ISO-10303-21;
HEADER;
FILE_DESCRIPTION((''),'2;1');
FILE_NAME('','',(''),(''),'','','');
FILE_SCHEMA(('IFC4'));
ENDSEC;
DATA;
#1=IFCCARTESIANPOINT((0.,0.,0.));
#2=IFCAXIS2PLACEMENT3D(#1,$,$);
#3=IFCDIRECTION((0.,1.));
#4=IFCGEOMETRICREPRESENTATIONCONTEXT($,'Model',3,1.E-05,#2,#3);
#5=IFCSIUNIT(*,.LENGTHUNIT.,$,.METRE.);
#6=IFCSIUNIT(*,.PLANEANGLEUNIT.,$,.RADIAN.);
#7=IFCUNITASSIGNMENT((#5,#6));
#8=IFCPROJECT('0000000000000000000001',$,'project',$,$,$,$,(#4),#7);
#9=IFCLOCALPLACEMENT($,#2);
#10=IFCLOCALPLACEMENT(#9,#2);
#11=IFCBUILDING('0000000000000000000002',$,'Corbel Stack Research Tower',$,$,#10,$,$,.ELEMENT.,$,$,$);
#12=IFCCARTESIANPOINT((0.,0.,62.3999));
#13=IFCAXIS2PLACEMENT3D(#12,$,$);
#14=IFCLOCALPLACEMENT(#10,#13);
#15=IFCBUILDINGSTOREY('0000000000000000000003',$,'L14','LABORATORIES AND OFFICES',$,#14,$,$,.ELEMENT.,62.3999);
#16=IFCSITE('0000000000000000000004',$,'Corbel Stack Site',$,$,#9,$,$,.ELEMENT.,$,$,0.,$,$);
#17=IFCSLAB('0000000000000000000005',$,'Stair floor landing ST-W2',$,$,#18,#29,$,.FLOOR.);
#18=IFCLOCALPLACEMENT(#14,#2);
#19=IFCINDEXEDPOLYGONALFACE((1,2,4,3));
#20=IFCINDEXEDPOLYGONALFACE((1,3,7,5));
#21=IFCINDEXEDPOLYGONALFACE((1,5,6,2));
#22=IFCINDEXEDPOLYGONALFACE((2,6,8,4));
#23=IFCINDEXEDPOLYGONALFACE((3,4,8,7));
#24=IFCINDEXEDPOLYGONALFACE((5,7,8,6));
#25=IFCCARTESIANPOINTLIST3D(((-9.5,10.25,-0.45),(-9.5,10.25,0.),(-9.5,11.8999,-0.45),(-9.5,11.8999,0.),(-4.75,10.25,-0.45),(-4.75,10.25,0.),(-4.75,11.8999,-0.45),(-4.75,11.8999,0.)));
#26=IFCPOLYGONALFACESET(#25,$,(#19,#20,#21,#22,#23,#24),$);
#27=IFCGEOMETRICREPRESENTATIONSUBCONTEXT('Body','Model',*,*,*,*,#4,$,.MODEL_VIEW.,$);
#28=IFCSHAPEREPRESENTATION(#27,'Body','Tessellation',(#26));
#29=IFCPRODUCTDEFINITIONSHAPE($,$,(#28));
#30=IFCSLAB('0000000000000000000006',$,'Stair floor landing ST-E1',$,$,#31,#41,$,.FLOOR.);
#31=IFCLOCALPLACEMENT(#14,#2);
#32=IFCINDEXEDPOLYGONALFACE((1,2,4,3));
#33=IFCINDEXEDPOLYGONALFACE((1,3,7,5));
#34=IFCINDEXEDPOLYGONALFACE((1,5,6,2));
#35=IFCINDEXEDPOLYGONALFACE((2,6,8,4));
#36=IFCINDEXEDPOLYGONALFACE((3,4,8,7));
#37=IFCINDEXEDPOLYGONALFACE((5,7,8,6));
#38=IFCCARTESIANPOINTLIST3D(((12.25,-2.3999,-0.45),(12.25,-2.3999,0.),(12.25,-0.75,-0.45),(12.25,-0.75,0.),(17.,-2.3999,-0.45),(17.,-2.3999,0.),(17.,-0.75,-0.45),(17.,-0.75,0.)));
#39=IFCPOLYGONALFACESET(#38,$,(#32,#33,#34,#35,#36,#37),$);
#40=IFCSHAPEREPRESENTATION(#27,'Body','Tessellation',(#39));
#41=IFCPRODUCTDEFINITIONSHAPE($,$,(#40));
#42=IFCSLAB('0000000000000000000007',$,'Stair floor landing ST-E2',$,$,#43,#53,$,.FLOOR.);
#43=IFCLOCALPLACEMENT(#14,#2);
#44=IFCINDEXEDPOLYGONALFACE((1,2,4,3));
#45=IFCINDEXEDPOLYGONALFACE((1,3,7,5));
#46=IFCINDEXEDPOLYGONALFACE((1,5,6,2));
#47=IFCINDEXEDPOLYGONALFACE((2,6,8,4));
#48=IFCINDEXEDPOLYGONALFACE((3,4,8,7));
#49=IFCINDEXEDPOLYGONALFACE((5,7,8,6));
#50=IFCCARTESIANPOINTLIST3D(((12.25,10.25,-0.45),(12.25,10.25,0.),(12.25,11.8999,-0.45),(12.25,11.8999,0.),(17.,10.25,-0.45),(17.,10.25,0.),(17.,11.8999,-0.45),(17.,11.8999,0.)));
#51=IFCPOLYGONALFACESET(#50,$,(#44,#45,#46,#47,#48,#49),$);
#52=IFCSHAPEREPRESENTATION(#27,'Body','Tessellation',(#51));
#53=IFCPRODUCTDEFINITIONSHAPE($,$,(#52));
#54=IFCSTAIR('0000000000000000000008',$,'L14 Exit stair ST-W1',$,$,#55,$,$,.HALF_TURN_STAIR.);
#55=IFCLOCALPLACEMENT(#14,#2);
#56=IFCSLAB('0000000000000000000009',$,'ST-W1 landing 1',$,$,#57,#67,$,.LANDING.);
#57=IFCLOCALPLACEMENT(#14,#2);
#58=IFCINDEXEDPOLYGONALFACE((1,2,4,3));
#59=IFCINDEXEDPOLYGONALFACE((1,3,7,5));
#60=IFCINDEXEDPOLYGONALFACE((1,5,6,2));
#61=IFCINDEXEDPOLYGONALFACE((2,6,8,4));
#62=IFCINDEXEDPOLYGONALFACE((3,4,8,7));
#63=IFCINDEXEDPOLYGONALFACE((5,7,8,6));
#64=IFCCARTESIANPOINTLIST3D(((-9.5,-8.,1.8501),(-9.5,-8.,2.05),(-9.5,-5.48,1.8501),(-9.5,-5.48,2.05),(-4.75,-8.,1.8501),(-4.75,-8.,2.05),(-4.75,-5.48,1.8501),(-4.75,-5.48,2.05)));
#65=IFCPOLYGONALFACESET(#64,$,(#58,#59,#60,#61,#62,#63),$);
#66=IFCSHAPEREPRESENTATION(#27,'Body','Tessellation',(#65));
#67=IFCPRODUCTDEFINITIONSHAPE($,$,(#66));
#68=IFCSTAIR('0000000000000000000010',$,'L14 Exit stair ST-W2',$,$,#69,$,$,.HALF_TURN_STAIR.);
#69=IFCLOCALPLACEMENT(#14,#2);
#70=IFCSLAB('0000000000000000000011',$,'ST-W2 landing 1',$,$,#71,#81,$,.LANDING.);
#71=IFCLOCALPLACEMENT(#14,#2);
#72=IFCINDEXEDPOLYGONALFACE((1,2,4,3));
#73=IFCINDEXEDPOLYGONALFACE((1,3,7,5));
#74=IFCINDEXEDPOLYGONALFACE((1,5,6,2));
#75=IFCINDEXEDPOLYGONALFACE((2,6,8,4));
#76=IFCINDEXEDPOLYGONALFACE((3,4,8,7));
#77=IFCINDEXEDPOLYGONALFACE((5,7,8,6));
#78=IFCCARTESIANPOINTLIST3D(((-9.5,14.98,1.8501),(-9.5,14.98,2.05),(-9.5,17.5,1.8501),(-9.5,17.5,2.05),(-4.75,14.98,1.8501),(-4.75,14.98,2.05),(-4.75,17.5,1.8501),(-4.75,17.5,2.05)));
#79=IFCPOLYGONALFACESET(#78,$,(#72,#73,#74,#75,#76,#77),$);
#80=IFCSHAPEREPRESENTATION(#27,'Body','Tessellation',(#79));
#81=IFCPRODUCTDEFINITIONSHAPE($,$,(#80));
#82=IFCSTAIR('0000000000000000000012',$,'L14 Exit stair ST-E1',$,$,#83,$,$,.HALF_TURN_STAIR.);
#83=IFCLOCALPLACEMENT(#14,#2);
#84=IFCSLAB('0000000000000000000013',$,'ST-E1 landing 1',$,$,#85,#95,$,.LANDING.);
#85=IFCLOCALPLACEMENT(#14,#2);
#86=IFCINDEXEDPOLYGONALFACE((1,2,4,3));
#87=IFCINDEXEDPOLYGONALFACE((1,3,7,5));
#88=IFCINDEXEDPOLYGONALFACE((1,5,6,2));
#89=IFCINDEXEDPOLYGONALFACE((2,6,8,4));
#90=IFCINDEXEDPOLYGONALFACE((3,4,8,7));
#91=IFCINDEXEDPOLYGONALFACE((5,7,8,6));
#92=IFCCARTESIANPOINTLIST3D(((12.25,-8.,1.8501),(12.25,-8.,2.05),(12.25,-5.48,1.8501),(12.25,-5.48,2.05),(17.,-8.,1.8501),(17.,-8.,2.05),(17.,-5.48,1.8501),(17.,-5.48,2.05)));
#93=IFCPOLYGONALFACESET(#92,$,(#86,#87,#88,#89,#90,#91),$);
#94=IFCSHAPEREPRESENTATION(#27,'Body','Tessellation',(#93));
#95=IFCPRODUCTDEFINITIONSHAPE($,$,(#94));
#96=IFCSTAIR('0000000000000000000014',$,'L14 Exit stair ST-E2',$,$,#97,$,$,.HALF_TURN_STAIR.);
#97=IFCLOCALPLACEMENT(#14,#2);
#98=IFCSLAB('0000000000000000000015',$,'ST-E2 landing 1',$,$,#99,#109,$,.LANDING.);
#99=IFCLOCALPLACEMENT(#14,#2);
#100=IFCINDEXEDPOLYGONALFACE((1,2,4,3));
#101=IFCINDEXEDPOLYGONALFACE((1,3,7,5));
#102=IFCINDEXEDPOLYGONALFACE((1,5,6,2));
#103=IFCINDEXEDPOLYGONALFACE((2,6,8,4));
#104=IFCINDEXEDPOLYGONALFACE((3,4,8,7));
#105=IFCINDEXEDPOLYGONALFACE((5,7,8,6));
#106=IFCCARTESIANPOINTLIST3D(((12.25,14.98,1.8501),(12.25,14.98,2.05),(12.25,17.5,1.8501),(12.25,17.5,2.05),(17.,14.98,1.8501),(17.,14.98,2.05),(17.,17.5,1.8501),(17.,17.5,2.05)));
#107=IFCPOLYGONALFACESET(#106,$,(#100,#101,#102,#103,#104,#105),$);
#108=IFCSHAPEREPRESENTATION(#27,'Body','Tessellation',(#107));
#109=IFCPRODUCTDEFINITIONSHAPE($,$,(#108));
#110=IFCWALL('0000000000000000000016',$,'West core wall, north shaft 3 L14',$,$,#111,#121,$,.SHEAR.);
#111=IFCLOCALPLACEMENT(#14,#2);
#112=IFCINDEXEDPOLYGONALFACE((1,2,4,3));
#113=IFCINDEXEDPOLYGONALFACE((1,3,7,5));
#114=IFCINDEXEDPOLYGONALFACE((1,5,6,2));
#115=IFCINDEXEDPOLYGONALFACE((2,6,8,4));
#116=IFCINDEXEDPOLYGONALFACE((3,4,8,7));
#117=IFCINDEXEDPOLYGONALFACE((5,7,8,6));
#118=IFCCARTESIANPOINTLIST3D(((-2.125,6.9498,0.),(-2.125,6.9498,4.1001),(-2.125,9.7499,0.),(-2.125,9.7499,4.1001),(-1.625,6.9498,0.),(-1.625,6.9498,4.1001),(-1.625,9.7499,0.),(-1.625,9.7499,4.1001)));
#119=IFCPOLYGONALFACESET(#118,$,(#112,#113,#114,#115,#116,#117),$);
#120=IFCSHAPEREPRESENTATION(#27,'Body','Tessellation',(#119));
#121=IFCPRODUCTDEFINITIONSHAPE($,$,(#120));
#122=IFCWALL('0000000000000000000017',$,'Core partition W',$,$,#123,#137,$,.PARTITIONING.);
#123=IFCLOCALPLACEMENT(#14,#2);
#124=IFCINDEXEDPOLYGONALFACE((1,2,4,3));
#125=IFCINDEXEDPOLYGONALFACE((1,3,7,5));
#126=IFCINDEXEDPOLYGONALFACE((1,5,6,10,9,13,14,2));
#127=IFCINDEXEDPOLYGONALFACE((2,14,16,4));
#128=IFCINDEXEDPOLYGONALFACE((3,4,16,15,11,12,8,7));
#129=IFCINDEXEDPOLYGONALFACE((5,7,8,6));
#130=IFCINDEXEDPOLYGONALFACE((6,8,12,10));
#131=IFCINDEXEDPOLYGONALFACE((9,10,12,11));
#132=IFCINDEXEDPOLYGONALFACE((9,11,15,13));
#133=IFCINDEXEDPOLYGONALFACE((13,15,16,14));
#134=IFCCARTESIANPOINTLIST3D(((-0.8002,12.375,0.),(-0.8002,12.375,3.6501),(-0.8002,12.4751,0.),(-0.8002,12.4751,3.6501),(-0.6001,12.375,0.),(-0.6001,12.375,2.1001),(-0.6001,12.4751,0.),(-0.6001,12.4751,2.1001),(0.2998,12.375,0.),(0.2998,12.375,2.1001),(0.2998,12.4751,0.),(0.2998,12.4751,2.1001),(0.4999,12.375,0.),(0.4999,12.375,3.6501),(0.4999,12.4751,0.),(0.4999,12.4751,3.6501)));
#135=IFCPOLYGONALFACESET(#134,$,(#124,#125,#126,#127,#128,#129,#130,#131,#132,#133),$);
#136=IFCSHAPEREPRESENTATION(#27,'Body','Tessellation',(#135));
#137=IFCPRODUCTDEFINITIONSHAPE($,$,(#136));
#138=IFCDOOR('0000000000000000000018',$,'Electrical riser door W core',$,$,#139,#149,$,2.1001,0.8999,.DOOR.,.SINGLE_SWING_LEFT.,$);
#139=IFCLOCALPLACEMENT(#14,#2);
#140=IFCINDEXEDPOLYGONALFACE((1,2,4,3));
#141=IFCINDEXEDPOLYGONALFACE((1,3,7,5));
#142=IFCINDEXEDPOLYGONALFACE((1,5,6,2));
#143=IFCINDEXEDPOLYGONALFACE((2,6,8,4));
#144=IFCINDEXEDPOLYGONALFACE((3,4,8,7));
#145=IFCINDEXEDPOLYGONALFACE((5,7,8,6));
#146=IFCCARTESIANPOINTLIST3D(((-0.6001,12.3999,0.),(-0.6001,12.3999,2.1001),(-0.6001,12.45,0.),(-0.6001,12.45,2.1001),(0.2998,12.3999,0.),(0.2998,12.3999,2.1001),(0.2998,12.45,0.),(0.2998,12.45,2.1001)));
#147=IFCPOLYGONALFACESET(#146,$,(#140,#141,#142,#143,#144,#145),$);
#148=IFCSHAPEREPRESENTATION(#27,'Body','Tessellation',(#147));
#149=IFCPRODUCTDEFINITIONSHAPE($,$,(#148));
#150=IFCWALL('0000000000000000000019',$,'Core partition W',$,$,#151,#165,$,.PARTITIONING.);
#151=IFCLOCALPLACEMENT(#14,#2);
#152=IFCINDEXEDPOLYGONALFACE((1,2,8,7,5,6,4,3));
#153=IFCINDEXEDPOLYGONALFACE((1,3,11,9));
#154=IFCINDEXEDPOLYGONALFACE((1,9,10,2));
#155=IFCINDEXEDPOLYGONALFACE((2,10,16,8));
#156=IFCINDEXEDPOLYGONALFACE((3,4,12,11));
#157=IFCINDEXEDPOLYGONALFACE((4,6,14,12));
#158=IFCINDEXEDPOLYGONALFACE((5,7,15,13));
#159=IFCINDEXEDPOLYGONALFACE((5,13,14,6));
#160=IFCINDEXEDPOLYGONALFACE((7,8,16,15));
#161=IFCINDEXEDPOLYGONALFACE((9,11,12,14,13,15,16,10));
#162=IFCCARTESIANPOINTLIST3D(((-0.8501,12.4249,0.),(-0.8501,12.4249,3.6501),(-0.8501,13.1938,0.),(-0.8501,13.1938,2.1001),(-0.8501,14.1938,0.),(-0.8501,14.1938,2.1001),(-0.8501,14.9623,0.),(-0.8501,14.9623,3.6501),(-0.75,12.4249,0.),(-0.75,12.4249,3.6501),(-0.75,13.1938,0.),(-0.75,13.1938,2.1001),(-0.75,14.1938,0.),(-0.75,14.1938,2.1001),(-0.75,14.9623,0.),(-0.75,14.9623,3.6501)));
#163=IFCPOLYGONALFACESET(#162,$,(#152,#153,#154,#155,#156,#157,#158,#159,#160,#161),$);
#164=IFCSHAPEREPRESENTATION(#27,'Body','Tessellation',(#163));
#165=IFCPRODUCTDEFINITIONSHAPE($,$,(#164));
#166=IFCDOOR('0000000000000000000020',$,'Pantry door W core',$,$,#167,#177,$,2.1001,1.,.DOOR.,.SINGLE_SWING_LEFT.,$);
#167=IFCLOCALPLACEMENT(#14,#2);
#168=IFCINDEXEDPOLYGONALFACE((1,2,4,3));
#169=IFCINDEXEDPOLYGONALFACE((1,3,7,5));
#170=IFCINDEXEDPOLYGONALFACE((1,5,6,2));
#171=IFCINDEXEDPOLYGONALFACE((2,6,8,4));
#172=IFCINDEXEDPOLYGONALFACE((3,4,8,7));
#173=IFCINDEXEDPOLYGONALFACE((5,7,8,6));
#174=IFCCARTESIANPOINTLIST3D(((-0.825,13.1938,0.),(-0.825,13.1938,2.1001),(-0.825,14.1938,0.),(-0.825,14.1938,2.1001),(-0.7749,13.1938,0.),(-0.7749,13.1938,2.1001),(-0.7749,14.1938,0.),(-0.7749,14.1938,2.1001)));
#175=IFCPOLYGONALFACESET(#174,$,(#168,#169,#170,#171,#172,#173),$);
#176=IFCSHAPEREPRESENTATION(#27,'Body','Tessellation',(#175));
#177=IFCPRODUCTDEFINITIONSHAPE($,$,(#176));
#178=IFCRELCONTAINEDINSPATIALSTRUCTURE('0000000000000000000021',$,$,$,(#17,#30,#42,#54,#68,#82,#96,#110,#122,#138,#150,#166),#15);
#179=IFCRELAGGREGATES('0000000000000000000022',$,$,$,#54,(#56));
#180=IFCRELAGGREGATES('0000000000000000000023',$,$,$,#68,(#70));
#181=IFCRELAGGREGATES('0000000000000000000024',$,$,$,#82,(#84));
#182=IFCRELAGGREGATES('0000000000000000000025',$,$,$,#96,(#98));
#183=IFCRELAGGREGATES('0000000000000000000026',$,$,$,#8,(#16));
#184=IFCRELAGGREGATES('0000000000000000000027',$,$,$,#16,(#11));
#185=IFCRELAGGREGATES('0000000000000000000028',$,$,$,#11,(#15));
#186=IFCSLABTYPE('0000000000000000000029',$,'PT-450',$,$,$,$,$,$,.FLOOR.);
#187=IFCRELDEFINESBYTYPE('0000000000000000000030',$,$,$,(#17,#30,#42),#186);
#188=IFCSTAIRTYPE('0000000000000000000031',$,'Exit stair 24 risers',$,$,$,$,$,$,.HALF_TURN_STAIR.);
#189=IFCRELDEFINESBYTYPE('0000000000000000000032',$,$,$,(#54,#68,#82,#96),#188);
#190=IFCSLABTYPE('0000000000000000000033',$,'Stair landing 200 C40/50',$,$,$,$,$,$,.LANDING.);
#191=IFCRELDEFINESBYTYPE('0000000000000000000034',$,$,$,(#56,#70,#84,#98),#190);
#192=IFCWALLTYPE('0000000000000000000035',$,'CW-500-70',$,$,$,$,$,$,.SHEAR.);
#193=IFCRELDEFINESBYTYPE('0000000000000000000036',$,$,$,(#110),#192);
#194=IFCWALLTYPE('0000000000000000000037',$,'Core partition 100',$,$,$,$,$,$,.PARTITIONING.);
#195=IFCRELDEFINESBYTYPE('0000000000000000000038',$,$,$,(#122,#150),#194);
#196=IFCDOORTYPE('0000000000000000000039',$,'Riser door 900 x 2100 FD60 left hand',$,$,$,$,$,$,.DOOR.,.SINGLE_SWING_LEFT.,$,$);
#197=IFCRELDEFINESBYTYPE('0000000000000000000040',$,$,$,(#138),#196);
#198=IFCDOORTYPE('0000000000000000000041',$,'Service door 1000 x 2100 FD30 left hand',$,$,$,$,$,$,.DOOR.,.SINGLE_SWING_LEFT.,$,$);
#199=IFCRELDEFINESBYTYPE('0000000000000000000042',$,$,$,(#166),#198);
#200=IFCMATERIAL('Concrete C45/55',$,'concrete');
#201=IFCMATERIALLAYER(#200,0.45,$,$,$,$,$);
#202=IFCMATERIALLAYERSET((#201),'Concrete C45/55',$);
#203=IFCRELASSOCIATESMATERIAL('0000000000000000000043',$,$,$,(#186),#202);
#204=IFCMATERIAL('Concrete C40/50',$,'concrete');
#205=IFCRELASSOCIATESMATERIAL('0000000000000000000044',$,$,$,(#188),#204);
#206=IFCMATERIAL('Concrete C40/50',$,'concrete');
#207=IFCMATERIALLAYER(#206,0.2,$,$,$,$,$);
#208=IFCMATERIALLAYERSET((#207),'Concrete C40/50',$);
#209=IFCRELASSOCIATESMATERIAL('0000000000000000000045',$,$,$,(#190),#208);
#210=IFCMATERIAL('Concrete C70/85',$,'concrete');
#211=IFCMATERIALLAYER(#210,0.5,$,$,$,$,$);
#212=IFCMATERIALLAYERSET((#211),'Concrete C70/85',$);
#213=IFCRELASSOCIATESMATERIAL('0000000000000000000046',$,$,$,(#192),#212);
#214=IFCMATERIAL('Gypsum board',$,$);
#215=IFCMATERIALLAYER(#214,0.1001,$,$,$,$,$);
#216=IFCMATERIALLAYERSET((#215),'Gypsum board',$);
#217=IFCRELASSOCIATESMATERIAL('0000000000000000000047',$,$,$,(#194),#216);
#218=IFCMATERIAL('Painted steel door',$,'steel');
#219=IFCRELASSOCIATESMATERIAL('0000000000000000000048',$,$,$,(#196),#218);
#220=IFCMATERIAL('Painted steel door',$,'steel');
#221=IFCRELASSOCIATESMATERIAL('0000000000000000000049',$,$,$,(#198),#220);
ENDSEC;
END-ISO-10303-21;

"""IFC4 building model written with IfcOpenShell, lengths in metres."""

from ifc_helpers import new_model, si_unit, direction, frame, frame_2d, origin, place, context, subcontext, project, spatial, polyline, rectangle, outline, extrude, material, layer, layer_set, type_object, element, fill, aggregate, save


model = new_model("IFC4")

# Units and contexts
model_context = context("Model", 3, precision=1e-05, world=origin(), true_north=direction((0.0, 1.0)))
body_context = subcontext(model_context, "Body", "Model", "MODEL_VIEW")
ifc_project = project(units=[si_unit("LENGTHUNIT", "METRE"), si_unit("PLANEANGLEUNIT", "RADIAN")], contexts=[model_context])

# Site, building, storey
site_placement = place(None, origin())
site = spatial("IfcSite", under=ifc_project, at=site_placement, Name="Corbel Stack Site", CompositionType="ELEMENT", RefElevation=0.0)
building_placement = place(site_placement, origin())
building = spatial("IfcBuilding", under=site, at=building_placement, Name="Corbel Stack Research Tower", CompositionType="ELEMENT")
storey_placement = place(building_placement, frame((0.0, 0.0, 62.3999)))
storey = spatial("IfcBuildingStorey", under=building, at=storey_placement, Name="L14", Description="LABORATORIES AND OFFICES", CompositionType="ELEMENT", Elevation=62.3999)

# Slabs
ifc_material_1 = material(Name="Concrete C45/55", Category="concrete")
ifc_layer_1 = layer(ifc_material_1, 0.45)
ifc_layer_set_1 = layer_set([ifc_layer_1], Name="Concrete C45/55")
slab_type_1 = type_object("IfcSlabType", Name="PT-450", PredefinedType="FLOOR", material=ifc_layer_set_1)
slab_1_placement = place(storey_placement, frame((0.0, 0.0, -0.45)))
element("IfcSlab", 1, at=slab_1_placement, inside=storey, type_object=slab_type_1, Name="Stair floor landing ST-W2", PredefinedType="FLOOR", context=body_context, shape_type="SweptSolid", body=[
    extrude(outline(polyline([(-9.5, 10.25), (-4.75, 10.25), (-4.75, 11.8999), (-9.5, 11.8999), (-9.5, 10.25)])), origin(), (0.0, 0.0, 1.0), 0.45),
])
slab_2_placement = place(storey_placement, frame((0.0, 0.0, -0.45)))
element("IfcSlab", 2, at=slab_2_placement, inside=storey, type_object=slab_type_1, Name="Stair floor landing ST-E1", PredefinedType="FLOOR", context=body_context, shape_type="SweptSolid", body=[
    extrude(outline(polyline([(12.25, -2.3999), (17.0, -2.3999), (17.0, -0.75), (12.25, -0.75), (12.25, -2.3999)])), origin(), (0.0, 0.0, 1.0), 0.45),
])
slab_3_placement = place(storey_placement, frame((0.0, 0.0, -0.45)))
element("IfcSlab", 3, at=slab_3_placement, inside=storey, type_object=slab_type_1, Name="Stair floor landing ST-E2", PredefinedType="FLOOR", context=body_context, shape_type="SweptSolid", body=[
    extrude(outline(polyline([(12.25, 10.25), (17.0, 10.25), (17.0, 11.8999), (12.25, 11.8999), (12.25, 10.25)])), origin(), (0.0, 0.0, 1.0), 0.45),
])

# Stairs, slabs
ifc_material_2 = material(Name="Concrete C40/50", Category="concrete")
stair_type = type_object("IfcStairType", Name="Exit stair 24 risers", PredefinedType="HALF_TURN_STAIR", material=ifc_material_2)
stair_1_placement = place(storey_placement, origin())
stair_1 = element("IfcStair", 4, at=stair_1_placement, inside=storey, type_object=stair_type, Name="L14 Exit stair ST-W1", PredefinedType="HALF_TURN_STAIR")
ifc_material_3 = material(Name="Concrete C40/50", Category="concrete")
ifc_layer_2 = layer(ifc_material_3, 0.2)
ifc_layer_set_2 = layer_set([ifc_layer_2], Name="Concrete C40/50")
slab_type_2 = type_object("IfcSlabType", Name="Stair landing 200 C40/50", PredefinedType="LANDING", material=ifc_layer_set_2)
slab_4_placement = place(storey_placement, frame((0.0, 0.0, 1.8501)))
slab_4 = element("IfcSlab", 5, at=slab_4_placement, type_object=slab_type_2, Name="ST-W1 landing 1", PredefinedType="LANDING", context=body_context, shape_type="SweptSolid", body=[
    extrude(outline(polyline([(-9.5, -8.0), (-9.5, -5.48), (-4.75, -5.48), (-4.75, -8.0), (-9.5, -8.0)])), origin(), (0.0, 0.0, 1.0), 0.2),
])
aggregate(stair_1, [slab_4])
stair_2_placement = place(storey_placement, origin())
stair_2 = element("IfcStair", 6, at=stair_2_placement, inside=storey, type_object=stair_type, Name="L14 Exit stair ST-W2", PredefinedType="HALF_TURN_STAIR")
slab_5_placement = place(storey_placement, frame((0.0, 0.0, 1.8501)))
slab_5 = element("IfcSlab", 7, at=slab_5_placement, type_object=slab_type_2, Name="ST-W2 landing 1", PredefinedType="LANDING", context=body_context, shape_type="SweptSolid", body=[
    extrude(outline(polyline([(-9.5, 14.98), (-9.5, 17.5), (-4.75, 17.5), (-4.75, 14.98), (-9.5, 14.98)])), origin(), (0.0, 0.0, 1.0), 0.2),
])
aggregate(stair_2, [slab_5])
stair_3_placement = place(storey_placement, origin())
stair_3 = element("IfcStair", 8, at=stair_3_placement, inside=storey, type_object=stair_type, Name="L14 Exit stair ST-E1", PredefinedType="HALF_TURN_STAIR")
slab_6_placement = place(storey_placement, frame((0.0, 0.0, 1.8501)))
slab_6 = element("IfcSlab", 9, at=slab_6_placement, type_object=slab_type_2, Name="ST-E1 landing 1", PredefinedType="LANDING", context=body_context, shape_type="SweptSolid", body=[
    extrude(outline(polyline([(12.25, -8.0), (12.25, -5.48), (17.0, -5.48), (17.0, -8.0), (12.25, -8.0)])), origin(), (0.0, 0.0, 1.0), 0.2),
])
aggregate(stair_3, [slab_6])
stair_4_placement = place(storey_placement, origin())
stair_4 = element("IfcStair", 10, at=stair_4_placement, inside=storey, type_object=stair_type, Name="L14 Exit stair ST-E2", PredefinedType="HALF_TURN_STAIR")
slab_7_placement = place(storey_placement, frame((0.0, 0.0, 1.8501)))
slab_7 = element("IfcSlab", 11, at=slab_7_placement, type_object=slab_type_2, Name="ST-E2 landing 1", PredefinedType="LANDING", context=body_context, shape_type="SweptSolid", body=[
    extrude(outline(polyline([(12.25, 14.98), (12.25, 17.5), (17.0, 17.5), (17.0, 14.98), (12.25, 14.98)])), origin(), (0.0, 0.0, 1.0), 0.2),
])
aggregate(stair_4, [slab_7])

# Wall
ifc_material_4 = material(Name="Concrete C70/85", Category="concrete")
ifc_layer_3 = layer(ifc_material_4, 0.5)
ifc_layer_set_3 = layer_set([ifc_layer_3], Name="Concrete C70/85")
wall_type_1 = type_object("IfcWallType", Name="CW-500-70", PredefinedType="SHEAR", material=ifc_layer_set_3)
wall_1_placement = place(storey_placement, frame((-1.875, 6.95, 0.0), z_axis=(0.0, 0.0, 1.0), x_axis=(0.0, 1.0, 0.0)))
element("IfcWall", 12, at=wall_1_placement, inside=storey, type_object=wall_type_1, Name="West core wall, north shaft 3 L14", PredefinedType="SHEAR", context=body_context, shape_type="SweptSolid", body=[
    extrude(rectangle(XDim=2.8, YDim=0.5, at=frame_2d((1.3999, 0.0))), origin(), (0.0, 0.0, 1.0), 4.1001),
])

# Walls, openings, doors
ifc_material_5 = material(Name="Gypsum board")
ifc_layer_4 = layer(ifc_material_5, 0.1001)
ifc_layer_set_4 = layer_set([ifc_layer_4], Name="Gypsum board")
wall_type_2 = type_object("IfcWallType", Name="Core partition 100", PredefinedType="PARTITIONING", material=ifc_layer_set_4)
wall_2_placement = place(storey_placement, frame((-0.8, 12.425, 0.0), z_axis=(0.0, 0.0, 1.0), x_axis=(1.0, 0.0, 0.0)))
wall_2 = element("IfcWall", 13, at=wall_2_placement, inside=storey, type_object=wall_type_2, Name="Core partition W", PredefinedType="PARTITIONING", context=body_context, shape_type="SweptSolid", body=[
    extrude(rectangle(XDim=1.3, YDim=0.1001, at=frame_2d((0.6499, 0.0))), origin(), (0.0, 0.0, 1.0), 3.6501),
])
opening_1_placement = place(wall_2_placement, frame((0.2, 0.0, 0.0)))
opening_1 = element("IfcOpeningElement", 14, at=opening_1_placement, cuts=wall_2, PredefinedType="OPENING", context=body_context, shape_type="SweptSolid", body=[
    extrude(rectangle(XDim=0.8999, YDim=2.1001, at=frame_2d((0.45, 1.05))), frame((0.0, 0.0601, 0.0), z_axis=(0.0, -1.0, 0.0), x_axis=(1.0, 0.0, 0.0)), (0.0, 0.0, 1.0), 0.1201),
])
ifc_material_6 = material(Name="Painted steel door", Category="steel")
door_type_1 = type_object("IfcDoorType", Name="Riser door 900 x 2100 FD60 left hand", OperationType="SINGLE_SWING_LEFT", PredefinedType="DOOR", material=ifc_material_6)
door_1_placement = place(opening_1_placement, origin())
door_1 = element("IfcDoor", 15, at=door_1_placement, inside=storey, type_object=door_type_1, Name="Electrical riser door W core", OperationType="SINGLE_SWING_LEFT", OverallHeight=2.1001, OverallWidth=0.8999, PredefinedType="DOOR", context=body_context, shape_type="SweptSolid", body=[
    extrude(rectangle(XDim=0.8999, YDim=2.1001, at=frame_2d((0.45, 1.05))), frame((0.0, 0.0249, 0.0), z_axis=(0.0, -1.0, 0.0), x_axis=(1.0, 0.0, 0.0)), (0.0, 0.0, 1.0), 0.05),
])
fill(opening_1, door_1)
wall_3_placement = place(storey_placement, frame((-0.8, 12.425, 0.0), z_axis=(0.0, 0.0, 1.0), x_axis=(0.0, 1.0, 0.0)))
wall_3 = element("IfcWall", 16, at=wall_3_placement, inside=storey, type_object=wall_type_2, Name="Core partition W", PredefinedType="PARTITIONING", context=body_context, shape_type="SweptSolid", body=[
    extrude(rectangle(XDim=2.5374, YDim=0.1001, at=frame_2d((1.2686, 0.0))), origin(), (0.0, 0.0, 1.0), 3.6501),
])
opening_2_placement = place(wall_3_placement, frame((0.7688, 0.0, 0.0)))
opening_2 = element("IfcOpeningElement", 17, at=opening_2_placement, cuts=wall_3, PredefinedType="OPENING", context=body_context, shape_type="SweptSolid", body=[
    extrude(rectangle(XDim=1.0, YDim=2.1001, at=frame_2d((0.5, 1.05))), frame((0.0, 0.0601, 0.0), z_axis=(0.0, -1.0, 0.0), x_axis=(1.0, 0.0, 0.0)), (0.0, 0.0, 1.0), 0.1201),
])
ifc_material_7 = material(Name="Painted steel door", Category="steel")
door_type_2 = type_object("IfcDoorType", Name="Service door 1000 x 2100 FD30 left hand", OperationType="SINGLE_SWING_LEFT", PredefinedType="DOOR", material=ifc_material_7)
door_2_placement = place(opening_2_placement, origin())
door_2 = element("IfcDoor", 18, at=door_2_placement, inside=storey, type_object=door_type_2, Name="Pantry door W core", OperationType="SINGLE_SWING_LEFT", OverallHeight=2.1001, OverallWidth=1.0, PredefinedType="DOOR", context=body_context, shape_type="SweptSolid", body=[
    extrude(rectangle(XDim=1.0, YDim=2.1001, at=frame_2d((0.5, 1.05))), frame((0.0, 0.0249, 0.0), z_axis=(0.0, -1.0, 0.0), x_axis=(1.0, 0.0, 0.0)), (0.0, 0.0, 1.0), 0.05),
])
fill(opening_2, door_2)

save(model, "model.ifc")
